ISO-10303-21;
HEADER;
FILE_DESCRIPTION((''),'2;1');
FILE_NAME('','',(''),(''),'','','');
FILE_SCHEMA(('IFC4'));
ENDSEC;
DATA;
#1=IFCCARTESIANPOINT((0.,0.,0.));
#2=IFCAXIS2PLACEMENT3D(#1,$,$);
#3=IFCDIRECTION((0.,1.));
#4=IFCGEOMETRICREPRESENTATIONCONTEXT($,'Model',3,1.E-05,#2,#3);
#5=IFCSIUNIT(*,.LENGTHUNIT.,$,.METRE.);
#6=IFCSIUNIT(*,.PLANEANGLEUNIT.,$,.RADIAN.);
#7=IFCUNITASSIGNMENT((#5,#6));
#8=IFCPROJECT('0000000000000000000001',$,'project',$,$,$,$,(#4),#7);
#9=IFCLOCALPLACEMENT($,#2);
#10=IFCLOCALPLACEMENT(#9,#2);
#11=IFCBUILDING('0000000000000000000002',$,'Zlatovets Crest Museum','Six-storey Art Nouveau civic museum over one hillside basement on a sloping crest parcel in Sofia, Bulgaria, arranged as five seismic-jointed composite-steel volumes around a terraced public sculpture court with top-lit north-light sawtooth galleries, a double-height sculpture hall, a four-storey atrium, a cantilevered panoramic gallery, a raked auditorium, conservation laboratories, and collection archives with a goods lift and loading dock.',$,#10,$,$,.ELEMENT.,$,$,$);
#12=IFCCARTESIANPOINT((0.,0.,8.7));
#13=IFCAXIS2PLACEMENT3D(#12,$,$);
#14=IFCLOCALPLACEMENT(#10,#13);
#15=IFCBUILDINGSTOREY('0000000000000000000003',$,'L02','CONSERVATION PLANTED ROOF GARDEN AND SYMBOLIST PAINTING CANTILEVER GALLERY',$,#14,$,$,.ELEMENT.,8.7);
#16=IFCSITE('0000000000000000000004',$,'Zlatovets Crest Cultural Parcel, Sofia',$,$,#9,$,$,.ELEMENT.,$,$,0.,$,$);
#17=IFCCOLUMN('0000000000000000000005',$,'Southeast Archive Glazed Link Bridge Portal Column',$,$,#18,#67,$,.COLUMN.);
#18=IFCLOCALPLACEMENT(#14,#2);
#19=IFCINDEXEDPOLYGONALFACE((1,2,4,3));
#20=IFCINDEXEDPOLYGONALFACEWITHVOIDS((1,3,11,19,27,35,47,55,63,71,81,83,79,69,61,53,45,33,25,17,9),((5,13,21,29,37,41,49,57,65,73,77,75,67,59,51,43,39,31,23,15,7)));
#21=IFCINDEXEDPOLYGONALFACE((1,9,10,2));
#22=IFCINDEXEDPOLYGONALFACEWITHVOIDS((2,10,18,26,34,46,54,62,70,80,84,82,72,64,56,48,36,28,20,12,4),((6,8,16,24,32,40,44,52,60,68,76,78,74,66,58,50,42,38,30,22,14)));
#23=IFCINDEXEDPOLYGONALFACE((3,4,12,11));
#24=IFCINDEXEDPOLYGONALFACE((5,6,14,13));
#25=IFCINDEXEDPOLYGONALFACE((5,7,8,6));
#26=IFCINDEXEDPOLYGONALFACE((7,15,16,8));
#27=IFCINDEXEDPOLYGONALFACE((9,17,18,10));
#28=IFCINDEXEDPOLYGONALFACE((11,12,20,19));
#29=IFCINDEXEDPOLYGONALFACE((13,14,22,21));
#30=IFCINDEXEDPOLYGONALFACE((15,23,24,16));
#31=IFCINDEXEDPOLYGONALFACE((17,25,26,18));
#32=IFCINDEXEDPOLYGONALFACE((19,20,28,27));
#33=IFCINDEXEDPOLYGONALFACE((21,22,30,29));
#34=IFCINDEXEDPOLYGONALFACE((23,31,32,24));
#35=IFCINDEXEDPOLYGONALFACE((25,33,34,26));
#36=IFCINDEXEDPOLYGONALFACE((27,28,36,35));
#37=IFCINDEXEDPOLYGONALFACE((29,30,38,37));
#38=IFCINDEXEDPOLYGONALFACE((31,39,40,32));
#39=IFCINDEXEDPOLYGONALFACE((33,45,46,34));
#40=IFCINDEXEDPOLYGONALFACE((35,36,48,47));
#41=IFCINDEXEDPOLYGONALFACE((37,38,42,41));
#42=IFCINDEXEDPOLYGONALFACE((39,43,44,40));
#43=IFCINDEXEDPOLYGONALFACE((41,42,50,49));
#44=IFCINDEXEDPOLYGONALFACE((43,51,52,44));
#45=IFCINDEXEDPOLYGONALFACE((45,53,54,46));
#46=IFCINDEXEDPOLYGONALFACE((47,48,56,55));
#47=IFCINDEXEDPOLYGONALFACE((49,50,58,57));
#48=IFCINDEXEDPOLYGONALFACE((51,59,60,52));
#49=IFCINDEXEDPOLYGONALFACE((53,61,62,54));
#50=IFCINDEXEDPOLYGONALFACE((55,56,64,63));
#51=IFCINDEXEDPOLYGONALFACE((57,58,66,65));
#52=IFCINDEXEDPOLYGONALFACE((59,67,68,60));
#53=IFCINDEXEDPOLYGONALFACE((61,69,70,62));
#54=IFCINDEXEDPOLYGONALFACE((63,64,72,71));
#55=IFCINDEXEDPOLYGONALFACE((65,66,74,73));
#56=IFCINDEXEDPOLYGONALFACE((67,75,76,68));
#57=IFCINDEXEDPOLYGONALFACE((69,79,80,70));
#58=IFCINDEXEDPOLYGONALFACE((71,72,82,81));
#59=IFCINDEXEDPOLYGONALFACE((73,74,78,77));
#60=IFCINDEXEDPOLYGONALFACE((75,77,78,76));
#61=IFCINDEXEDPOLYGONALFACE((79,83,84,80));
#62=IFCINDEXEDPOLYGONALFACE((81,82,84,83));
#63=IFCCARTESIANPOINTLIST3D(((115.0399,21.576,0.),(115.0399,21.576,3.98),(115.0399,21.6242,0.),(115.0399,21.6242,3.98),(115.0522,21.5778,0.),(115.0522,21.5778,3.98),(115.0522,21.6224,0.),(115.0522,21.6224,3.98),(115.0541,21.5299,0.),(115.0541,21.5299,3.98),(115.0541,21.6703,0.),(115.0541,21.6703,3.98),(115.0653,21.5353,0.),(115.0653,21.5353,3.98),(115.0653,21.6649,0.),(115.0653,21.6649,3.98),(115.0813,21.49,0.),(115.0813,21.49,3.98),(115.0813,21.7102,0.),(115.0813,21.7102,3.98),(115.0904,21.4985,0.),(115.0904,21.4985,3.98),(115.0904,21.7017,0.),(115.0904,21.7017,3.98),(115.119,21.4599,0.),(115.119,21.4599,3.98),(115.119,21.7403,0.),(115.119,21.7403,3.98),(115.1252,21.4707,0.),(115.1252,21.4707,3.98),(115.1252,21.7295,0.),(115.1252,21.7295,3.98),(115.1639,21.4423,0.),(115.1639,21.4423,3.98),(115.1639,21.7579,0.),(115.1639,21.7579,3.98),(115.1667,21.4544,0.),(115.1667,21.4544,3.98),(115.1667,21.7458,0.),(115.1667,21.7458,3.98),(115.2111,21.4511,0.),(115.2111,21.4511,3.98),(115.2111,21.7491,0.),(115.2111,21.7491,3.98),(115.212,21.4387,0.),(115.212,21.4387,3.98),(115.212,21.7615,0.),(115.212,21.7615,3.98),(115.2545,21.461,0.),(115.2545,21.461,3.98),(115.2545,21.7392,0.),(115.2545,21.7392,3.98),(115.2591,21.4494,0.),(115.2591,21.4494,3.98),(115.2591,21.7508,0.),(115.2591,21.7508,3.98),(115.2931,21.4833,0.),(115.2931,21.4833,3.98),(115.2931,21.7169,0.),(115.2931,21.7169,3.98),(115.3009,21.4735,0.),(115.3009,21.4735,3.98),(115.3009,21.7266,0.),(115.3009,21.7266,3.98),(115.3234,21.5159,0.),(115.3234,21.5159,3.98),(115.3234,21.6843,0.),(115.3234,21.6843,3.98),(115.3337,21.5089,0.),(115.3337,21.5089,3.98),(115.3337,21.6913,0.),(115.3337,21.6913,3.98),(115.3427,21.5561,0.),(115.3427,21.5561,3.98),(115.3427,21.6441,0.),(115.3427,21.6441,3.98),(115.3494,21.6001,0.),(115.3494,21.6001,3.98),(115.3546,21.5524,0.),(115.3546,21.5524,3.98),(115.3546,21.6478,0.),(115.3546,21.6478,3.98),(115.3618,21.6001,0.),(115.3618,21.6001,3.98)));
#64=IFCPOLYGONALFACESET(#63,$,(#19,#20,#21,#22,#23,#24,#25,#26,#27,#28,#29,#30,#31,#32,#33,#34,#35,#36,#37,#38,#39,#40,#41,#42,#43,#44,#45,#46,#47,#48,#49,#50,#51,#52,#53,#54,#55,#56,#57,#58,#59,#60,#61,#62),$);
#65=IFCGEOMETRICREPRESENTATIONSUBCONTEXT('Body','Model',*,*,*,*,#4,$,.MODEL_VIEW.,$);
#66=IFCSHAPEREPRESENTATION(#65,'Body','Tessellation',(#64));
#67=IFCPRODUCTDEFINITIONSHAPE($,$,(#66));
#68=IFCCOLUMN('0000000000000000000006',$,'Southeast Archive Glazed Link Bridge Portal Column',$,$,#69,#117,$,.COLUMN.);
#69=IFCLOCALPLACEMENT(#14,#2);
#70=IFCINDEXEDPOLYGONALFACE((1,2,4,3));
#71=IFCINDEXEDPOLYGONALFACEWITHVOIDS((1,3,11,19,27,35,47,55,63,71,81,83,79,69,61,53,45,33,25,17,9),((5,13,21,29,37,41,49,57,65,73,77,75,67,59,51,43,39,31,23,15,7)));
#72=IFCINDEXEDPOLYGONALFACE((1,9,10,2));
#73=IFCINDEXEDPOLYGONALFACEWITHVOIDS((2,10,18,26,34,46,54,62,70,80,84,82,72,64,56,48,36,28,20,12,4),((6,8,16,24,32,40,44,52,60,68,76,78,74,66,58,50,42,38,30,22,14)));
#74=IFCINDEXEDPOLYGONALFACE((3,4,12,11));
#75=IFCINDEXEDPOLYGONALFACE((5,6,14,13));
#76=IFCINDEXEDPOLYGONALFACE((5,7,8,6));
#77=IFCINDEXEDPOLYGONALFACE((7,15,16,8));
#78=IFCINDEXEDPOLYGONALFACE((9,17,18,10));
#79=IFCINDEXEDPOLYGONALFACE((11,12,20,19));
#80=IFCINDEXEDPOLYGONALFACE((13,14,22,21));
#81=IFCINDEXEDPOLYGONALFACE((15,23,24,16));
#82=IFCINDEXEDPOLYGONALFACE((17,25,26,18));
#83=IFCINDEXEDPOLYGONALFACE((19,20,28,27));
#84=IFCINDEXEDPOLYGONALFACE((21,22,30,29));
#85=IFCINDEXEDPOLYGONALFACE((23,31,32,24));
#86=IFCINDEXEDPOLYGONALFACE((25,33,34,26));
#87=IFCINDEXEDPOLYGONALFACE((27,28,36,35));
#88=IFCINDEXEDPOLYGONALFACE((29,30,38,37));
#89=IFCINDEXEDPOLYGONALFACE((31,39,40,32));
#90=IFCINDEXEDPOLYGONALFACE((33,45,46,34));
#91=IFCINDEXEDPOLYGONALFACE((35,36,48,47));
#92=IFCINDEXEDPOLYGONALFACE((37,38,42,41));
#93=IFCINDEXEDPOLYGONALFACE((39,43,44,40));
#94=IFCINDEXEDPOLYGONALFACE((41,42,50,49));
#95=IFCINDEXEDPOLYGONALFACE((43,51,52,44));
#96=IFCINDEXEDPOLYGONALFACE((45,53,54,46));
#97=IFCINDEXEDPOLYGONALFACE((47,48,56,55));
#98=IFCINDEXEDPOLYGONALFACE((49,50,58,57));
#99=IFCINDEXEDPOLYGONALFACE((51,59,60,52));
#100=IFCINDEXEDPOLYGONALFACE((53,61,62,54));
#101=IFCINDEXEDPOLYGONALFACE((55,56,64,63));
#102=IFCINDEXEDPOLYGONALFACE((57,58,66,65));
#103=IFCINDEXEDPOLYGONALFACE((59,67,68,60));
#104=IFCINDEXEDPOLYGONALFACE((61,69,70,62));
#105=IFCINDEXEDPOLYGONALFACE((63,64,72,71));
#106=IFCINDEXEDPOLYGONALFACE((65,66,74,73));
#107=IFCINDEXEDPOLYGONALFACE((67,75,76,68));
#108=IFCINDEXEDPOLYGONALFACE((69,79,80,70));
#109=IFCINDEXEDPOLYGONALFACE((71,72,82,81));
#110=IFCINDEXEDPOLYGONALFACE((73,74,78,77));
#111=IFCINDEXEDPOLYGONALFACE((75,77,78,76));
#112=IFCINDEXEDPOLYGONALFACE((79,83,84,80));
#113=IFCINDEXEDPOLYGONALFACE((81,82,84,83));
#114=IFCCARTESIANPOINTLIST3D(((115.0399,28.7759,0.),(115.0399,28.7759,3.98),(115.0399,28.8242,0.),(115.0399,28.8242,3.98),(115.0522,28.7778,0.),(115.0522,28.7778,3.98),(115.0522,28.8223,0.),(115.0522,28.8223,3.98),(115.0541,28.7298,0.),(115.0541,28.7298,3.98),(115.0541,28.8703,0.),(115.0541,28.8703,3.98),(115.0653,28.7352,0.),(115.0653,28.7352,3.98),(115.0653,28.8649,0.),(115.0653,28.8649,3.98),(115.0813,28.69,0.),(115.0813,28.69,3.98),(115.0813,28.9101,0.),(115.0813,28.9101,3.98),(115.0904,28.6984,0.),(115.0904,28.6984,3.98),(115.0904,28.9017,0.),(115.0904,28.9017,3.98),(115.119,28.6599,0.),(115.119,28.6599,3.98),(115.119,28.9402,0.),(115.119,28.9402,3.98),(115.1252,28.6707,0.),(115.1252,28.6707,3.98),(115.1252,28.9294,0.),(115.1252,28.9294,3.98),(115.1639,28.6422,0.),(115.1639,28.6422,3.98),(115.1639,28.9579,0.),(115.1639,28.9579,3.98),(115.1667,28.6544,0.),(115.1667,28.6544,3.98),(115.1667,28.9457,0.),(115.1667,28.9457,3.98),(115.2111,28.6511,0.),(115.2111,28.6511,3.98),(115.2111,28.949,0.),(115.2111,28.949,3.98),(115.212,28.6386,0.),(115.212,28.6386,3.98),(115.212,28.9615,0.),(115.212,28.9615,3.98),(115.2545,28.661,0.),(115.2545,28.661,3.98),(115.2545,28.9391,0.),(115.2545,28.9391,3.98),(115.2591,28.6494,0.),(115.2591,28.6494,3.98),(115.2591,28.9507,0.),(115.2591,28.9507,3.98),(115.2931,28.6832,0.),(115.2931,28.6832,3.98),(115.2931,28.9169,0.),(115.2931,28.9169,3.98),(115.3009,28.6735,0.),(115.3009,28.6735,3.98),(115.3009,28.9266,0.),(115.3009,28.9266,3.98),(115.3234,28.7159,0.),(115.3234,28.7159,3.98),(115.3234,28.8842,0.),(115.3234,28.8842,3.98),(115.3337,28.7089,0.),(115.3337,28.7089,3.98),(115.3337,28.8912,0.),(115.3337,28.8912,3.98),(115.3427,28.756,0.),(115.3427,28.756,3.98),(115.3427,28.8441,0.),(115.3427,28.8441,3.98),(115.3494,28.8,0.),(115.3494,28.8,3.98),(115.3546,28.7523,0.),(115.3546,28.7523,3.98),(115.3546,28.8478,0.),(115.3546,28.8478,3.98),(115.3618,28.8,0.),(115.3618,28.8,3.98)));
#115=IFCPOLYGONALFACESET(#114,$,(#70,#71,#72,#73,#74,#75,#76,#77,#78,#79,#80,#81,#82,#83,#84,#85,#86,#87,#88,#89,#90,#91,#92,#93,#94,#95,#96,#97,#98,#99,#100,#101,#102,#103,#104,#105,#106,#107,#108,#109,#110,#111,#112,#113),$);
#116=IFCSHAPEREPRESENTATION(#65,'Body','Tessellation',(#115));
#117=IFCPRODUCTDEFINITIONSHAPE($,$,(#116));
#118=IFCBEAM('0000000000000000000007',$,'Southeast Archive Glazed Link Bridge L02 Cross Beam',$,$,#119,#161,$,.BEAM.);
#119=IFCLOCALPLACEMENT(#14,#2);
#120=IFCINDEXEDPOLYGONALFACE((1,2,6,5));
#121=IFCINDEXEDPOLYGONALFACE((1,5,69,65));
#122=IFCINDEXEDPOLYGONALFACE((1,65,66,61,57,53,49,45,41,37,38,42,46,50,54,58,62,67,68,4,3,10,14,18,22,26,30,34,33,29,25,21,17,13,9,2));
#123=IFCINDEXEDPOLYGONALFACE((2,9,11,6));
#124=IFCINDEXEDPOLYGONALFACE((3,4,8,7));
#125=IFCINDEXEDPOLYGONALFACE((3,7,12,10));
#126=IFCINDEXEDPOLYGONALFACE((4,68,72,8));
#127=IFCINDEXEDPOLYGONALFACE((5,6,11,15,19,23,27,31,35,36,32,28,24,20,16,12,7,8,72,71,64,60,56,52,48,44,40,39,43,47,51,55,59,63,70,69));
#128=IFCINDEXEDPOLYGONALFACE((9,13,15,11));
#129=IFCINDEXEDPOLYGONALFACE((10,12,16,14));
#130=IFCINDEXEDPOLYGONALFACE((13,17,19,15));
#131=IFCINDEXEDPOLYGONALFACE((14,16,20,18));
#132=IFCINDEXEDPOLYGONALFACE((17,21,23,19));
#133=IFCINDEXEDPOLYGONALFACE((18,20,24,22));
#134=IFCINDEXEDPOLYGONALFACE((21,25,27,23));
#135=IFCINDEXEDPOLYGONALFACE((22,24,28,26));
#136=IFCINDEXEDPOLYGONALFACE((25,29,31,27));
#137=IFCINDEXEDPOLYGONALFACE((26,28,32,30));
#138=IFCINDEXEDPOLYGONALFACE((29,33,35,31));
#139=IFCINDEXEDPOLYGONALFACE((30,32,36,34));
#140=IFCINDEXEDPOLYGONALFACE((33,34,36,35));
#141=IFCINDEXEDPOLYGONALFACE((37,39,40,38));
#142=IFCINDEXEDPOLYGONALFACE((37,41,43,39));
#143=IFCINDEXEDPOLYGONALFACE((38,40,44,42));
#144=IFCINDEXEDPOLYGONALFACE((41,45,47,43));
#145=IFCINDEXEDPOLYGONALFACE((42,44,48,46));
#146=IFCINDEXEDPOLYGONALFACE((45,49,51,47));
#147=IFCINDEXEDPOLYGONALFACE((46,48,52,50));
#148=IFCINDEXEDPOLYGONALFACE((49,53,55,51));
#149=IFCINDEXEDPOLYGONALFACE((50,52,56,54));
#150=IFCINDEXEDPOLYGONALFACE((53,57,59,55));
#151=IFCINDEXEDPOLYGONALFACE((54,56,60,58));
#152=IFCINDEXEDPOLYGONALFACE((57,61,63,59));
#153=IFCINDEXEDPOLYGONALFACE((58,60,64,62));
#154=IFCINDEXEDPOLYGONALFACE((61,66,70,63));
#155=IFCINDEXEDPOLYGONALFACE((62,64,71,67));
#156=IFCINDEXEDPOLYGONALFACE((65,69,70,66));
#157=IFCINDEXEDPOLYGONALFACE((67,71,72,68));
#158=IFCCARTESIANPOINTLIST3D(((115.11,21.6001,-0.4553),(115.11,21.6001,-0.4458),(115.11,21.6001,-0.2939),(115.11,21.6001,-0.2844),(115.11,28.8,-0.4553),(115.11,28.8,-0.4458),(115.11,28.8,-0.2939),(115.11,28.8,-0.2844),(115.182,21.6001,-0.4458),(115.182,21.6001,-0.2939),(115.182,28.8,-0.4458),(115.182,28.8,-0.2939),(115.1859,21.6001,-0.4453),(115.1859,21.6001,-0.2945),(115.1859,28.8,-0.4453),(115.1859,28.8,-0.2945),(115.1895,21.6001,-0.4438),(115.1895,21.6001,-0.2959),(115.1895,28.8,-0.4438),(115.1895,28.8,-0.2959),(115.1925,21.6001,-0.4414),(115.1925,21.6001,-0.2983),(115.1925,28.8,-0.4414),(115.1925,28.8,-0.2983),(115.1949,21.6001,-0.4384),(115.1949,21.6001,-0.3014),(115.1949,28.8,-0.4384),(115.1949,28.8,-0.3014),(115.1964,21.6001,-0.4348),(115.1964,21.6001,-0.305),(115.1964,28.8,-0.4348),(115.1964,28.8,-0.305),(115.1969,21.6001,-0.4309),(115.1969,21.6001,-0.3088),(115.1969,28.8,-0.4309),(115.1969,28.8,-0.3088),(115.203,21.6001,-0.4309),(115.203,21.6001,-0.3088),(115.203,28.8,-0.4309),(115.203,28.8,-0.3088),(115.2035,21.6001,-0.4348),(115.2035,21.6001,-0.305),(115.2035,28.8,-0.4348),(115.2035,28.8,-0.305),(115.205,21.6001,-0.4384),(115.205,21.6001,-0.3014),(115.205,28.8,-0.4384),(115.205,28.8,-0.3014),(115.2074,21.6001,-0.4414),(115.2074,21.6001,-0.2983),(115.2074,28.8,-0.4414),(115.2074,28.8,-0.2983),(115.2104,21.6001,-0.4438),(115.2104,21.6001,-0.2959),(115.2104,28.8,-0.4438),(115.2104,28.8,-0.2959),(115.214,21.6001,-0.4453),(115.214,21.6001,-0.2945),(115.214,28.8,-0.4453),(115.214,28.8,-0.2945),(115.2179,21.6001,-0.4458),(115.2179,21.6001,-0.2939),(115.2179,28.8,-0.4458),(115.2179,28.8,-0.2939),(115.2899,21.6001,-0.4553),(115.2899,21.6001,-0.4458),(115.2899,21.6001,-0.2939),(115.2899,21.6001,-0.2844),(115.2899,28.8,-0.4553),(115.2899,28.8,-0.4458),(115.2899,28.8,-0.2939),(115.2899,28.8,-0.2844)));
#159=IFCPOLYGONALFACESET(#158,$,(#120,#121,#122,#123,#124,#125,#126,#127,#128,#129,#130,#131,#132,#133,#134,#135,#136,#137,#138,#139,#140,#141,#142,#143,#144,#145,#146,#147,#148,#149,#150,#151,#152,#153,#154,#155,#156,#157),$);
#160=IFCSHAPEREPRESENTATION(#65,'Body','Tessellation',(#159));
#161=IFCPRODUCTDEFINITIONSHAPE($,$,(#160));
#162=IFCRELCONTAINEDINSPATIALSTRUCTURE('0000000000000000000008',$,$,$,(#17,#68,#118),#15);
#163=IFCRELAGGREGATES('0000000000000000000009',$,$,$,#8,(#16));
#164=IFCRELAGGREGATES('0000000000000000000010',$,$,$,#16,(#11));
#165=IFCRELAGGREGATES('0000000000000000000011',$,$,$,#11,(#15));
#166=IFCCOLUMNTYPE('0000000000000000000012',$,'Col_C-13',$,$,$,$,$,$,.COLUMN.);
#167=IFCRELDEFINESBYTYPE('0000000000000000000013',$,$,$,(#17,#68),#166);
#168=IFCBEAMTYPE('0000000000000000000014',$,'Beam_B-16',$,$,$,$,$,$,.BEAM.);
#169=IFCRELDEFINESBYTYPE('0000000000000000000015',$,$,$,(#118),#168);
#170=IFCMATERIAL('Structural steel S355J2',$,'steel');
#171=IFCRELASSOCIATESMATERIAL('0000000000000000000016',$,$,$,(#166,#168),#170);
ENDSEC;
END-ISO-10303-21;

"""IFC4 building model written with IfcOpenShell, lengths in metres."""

from ifc_helpers import new_model, si_unit, direction, frame, origin, origin_2d, place, context, subcontext, project, spatial, hollow_circle, i_section, extrude, material, material_profile, profile_set, type_object, element, save


model = new_model("IFC4")

# Units and contexts
model_context = context("Model", 3, precision=1e-05, world=origin(), true_north=direction((0.0, 1.0)))
body_context = subcontext(model_context, "Body", "Model", "MODEL_VIEW")
ifc_project = project(units=[si_unit("LENGTHUNIT", "METRE"), si_unit("PLANEANGLEUNIT", "RADIAN")], contexts=[model_context])

# Site, building, storey
site_placement = place(None, origin())
site = spatial("IfcSite", under=ifc_project, at=site_placement, Name="Zlatovets Crest Cultural Parcel, Sofia", CompositionType="ELEMENT", RefElevation=0.0)
building_placement = place(site_placement, origin())
building = spatial("IfcBuilding", under=site, at=building_placement, Name="Zlatovets Crest Museum", Description="Six-storey Art Nouveau civic museum over one hillside basement on a sloping crest parcel in Sofia, Bulgaria, arranged as five seismic-jointed composite-steel volumes around a terraced public sculpture court with top-lit north-light sawtooth galleries, a double-height sculpture hall, a four-storey atrium, a cantilevered panoramic gallery, a raked auditorium, conservation laboratories, and collection archives with a goods lift and loading dock.", CompositionType="ELEMENT")
storey_placement = place(building_placement, frame((0.0, 0.0, 8.7)))
storey = spatial("IfcBuildingStorey", under=building, at=storey_placement, Name="L02", Description="CONSERVATION PLANTED ROOF GARDEN AND SYMBOLIST PAINTING CANTILEVER GALLERY", CompositionType="ELEMENT", Elevation=8.7)

# Columns
ifc_material_1 = material(Name="Structural steel S355J2", Category="steel")
ifc_material_profile_1 = material_profile(ifc_material_1, hollow_circle(Radius=0.1619, WallThickness=0.0125, at=origin_2d()), Name="CHS 323.9x12.5")
ifc_profile_set_1 = profile_set([ifc_material_profile_1], Name="Structural steel S355J2")
column_type = type_object("IfcColumnType", Name="Col_C-13", PredefinedType="COLUMN", material=ifc_profile_set_1)
for number, where, z_axis, x_axis, name in (
    (1, (115.2, 21.6001, 0.0), (0.0, 0.0, 1.0), (1.0, 0.0, 0.0), "Southeast Archive Glazed Link Bridge Portal Column"),
    (2, (115.2, 28.8, 0.0), (0.0, 0.0, 1.0), (1.0, 0.0, 0.0), "Southeast Archive Glazed Link Bridge Portal Column"),
):
    element("IfcColumn", number, at=place(storey_placement, frame(where, z_axis=z_axis, x_axis=x_axis)), inside=storey, type_object=column_type, Name=name, PredefinedType="COLUMN", context=body_context, shape_type="SweptSolid", body=[
        extrude(hollow_circle(Radius=0.1619, WallThickness=0.0125, at=origin_2d()), origin(), (0.0, 0.0, 1.0), 3.98),
    ])

# Beam
ifc_material_profile_2 = material_profile(ifc_material_1, i_section(OverallWidth=0.1799, OverallDepth=0.1709, WebThickness=0.0061, FlangeThickness=0.0095, FilletRadius=0.0149, at=origin_2d()), Name="HEA 180")
ifc_profile_set_2 = profile_set([ifc_material_profile_2], Name="Structural steel S355J2")
beam_type_1 = type_object("IfcBeamType", Name="Beam_B-16", PredefinedType="BEAM", material=ifc_profile_set_2)
beam_1_placement = place(storey_placement, frame((115.2, 21.6001, -0.3699), z_axis=(0.0, 1.0, 0.0), x_axis=(-1.0, 0.0, 0.0)))
element("IfcBeam", 3, at=beam_1_placement, inside=storey, type_object=beam_type_1, Name="Southeast Archive Glazed Link Bridge L02 Cross Beam", PredefinedType="BEAM", context=body_context, shape_type="SweptSolid", body=[
    extrude(i_section(OverallWidth=0.1799, OverallDepth=0.1709, WebThickness=0.0061, FlangeThickness=0.0095, FilletRadius=0.0149, at=origin_2d()), origin(), (0.0, 0.0, 1.0), 7.2),
])

save(model, "model.ifc")
